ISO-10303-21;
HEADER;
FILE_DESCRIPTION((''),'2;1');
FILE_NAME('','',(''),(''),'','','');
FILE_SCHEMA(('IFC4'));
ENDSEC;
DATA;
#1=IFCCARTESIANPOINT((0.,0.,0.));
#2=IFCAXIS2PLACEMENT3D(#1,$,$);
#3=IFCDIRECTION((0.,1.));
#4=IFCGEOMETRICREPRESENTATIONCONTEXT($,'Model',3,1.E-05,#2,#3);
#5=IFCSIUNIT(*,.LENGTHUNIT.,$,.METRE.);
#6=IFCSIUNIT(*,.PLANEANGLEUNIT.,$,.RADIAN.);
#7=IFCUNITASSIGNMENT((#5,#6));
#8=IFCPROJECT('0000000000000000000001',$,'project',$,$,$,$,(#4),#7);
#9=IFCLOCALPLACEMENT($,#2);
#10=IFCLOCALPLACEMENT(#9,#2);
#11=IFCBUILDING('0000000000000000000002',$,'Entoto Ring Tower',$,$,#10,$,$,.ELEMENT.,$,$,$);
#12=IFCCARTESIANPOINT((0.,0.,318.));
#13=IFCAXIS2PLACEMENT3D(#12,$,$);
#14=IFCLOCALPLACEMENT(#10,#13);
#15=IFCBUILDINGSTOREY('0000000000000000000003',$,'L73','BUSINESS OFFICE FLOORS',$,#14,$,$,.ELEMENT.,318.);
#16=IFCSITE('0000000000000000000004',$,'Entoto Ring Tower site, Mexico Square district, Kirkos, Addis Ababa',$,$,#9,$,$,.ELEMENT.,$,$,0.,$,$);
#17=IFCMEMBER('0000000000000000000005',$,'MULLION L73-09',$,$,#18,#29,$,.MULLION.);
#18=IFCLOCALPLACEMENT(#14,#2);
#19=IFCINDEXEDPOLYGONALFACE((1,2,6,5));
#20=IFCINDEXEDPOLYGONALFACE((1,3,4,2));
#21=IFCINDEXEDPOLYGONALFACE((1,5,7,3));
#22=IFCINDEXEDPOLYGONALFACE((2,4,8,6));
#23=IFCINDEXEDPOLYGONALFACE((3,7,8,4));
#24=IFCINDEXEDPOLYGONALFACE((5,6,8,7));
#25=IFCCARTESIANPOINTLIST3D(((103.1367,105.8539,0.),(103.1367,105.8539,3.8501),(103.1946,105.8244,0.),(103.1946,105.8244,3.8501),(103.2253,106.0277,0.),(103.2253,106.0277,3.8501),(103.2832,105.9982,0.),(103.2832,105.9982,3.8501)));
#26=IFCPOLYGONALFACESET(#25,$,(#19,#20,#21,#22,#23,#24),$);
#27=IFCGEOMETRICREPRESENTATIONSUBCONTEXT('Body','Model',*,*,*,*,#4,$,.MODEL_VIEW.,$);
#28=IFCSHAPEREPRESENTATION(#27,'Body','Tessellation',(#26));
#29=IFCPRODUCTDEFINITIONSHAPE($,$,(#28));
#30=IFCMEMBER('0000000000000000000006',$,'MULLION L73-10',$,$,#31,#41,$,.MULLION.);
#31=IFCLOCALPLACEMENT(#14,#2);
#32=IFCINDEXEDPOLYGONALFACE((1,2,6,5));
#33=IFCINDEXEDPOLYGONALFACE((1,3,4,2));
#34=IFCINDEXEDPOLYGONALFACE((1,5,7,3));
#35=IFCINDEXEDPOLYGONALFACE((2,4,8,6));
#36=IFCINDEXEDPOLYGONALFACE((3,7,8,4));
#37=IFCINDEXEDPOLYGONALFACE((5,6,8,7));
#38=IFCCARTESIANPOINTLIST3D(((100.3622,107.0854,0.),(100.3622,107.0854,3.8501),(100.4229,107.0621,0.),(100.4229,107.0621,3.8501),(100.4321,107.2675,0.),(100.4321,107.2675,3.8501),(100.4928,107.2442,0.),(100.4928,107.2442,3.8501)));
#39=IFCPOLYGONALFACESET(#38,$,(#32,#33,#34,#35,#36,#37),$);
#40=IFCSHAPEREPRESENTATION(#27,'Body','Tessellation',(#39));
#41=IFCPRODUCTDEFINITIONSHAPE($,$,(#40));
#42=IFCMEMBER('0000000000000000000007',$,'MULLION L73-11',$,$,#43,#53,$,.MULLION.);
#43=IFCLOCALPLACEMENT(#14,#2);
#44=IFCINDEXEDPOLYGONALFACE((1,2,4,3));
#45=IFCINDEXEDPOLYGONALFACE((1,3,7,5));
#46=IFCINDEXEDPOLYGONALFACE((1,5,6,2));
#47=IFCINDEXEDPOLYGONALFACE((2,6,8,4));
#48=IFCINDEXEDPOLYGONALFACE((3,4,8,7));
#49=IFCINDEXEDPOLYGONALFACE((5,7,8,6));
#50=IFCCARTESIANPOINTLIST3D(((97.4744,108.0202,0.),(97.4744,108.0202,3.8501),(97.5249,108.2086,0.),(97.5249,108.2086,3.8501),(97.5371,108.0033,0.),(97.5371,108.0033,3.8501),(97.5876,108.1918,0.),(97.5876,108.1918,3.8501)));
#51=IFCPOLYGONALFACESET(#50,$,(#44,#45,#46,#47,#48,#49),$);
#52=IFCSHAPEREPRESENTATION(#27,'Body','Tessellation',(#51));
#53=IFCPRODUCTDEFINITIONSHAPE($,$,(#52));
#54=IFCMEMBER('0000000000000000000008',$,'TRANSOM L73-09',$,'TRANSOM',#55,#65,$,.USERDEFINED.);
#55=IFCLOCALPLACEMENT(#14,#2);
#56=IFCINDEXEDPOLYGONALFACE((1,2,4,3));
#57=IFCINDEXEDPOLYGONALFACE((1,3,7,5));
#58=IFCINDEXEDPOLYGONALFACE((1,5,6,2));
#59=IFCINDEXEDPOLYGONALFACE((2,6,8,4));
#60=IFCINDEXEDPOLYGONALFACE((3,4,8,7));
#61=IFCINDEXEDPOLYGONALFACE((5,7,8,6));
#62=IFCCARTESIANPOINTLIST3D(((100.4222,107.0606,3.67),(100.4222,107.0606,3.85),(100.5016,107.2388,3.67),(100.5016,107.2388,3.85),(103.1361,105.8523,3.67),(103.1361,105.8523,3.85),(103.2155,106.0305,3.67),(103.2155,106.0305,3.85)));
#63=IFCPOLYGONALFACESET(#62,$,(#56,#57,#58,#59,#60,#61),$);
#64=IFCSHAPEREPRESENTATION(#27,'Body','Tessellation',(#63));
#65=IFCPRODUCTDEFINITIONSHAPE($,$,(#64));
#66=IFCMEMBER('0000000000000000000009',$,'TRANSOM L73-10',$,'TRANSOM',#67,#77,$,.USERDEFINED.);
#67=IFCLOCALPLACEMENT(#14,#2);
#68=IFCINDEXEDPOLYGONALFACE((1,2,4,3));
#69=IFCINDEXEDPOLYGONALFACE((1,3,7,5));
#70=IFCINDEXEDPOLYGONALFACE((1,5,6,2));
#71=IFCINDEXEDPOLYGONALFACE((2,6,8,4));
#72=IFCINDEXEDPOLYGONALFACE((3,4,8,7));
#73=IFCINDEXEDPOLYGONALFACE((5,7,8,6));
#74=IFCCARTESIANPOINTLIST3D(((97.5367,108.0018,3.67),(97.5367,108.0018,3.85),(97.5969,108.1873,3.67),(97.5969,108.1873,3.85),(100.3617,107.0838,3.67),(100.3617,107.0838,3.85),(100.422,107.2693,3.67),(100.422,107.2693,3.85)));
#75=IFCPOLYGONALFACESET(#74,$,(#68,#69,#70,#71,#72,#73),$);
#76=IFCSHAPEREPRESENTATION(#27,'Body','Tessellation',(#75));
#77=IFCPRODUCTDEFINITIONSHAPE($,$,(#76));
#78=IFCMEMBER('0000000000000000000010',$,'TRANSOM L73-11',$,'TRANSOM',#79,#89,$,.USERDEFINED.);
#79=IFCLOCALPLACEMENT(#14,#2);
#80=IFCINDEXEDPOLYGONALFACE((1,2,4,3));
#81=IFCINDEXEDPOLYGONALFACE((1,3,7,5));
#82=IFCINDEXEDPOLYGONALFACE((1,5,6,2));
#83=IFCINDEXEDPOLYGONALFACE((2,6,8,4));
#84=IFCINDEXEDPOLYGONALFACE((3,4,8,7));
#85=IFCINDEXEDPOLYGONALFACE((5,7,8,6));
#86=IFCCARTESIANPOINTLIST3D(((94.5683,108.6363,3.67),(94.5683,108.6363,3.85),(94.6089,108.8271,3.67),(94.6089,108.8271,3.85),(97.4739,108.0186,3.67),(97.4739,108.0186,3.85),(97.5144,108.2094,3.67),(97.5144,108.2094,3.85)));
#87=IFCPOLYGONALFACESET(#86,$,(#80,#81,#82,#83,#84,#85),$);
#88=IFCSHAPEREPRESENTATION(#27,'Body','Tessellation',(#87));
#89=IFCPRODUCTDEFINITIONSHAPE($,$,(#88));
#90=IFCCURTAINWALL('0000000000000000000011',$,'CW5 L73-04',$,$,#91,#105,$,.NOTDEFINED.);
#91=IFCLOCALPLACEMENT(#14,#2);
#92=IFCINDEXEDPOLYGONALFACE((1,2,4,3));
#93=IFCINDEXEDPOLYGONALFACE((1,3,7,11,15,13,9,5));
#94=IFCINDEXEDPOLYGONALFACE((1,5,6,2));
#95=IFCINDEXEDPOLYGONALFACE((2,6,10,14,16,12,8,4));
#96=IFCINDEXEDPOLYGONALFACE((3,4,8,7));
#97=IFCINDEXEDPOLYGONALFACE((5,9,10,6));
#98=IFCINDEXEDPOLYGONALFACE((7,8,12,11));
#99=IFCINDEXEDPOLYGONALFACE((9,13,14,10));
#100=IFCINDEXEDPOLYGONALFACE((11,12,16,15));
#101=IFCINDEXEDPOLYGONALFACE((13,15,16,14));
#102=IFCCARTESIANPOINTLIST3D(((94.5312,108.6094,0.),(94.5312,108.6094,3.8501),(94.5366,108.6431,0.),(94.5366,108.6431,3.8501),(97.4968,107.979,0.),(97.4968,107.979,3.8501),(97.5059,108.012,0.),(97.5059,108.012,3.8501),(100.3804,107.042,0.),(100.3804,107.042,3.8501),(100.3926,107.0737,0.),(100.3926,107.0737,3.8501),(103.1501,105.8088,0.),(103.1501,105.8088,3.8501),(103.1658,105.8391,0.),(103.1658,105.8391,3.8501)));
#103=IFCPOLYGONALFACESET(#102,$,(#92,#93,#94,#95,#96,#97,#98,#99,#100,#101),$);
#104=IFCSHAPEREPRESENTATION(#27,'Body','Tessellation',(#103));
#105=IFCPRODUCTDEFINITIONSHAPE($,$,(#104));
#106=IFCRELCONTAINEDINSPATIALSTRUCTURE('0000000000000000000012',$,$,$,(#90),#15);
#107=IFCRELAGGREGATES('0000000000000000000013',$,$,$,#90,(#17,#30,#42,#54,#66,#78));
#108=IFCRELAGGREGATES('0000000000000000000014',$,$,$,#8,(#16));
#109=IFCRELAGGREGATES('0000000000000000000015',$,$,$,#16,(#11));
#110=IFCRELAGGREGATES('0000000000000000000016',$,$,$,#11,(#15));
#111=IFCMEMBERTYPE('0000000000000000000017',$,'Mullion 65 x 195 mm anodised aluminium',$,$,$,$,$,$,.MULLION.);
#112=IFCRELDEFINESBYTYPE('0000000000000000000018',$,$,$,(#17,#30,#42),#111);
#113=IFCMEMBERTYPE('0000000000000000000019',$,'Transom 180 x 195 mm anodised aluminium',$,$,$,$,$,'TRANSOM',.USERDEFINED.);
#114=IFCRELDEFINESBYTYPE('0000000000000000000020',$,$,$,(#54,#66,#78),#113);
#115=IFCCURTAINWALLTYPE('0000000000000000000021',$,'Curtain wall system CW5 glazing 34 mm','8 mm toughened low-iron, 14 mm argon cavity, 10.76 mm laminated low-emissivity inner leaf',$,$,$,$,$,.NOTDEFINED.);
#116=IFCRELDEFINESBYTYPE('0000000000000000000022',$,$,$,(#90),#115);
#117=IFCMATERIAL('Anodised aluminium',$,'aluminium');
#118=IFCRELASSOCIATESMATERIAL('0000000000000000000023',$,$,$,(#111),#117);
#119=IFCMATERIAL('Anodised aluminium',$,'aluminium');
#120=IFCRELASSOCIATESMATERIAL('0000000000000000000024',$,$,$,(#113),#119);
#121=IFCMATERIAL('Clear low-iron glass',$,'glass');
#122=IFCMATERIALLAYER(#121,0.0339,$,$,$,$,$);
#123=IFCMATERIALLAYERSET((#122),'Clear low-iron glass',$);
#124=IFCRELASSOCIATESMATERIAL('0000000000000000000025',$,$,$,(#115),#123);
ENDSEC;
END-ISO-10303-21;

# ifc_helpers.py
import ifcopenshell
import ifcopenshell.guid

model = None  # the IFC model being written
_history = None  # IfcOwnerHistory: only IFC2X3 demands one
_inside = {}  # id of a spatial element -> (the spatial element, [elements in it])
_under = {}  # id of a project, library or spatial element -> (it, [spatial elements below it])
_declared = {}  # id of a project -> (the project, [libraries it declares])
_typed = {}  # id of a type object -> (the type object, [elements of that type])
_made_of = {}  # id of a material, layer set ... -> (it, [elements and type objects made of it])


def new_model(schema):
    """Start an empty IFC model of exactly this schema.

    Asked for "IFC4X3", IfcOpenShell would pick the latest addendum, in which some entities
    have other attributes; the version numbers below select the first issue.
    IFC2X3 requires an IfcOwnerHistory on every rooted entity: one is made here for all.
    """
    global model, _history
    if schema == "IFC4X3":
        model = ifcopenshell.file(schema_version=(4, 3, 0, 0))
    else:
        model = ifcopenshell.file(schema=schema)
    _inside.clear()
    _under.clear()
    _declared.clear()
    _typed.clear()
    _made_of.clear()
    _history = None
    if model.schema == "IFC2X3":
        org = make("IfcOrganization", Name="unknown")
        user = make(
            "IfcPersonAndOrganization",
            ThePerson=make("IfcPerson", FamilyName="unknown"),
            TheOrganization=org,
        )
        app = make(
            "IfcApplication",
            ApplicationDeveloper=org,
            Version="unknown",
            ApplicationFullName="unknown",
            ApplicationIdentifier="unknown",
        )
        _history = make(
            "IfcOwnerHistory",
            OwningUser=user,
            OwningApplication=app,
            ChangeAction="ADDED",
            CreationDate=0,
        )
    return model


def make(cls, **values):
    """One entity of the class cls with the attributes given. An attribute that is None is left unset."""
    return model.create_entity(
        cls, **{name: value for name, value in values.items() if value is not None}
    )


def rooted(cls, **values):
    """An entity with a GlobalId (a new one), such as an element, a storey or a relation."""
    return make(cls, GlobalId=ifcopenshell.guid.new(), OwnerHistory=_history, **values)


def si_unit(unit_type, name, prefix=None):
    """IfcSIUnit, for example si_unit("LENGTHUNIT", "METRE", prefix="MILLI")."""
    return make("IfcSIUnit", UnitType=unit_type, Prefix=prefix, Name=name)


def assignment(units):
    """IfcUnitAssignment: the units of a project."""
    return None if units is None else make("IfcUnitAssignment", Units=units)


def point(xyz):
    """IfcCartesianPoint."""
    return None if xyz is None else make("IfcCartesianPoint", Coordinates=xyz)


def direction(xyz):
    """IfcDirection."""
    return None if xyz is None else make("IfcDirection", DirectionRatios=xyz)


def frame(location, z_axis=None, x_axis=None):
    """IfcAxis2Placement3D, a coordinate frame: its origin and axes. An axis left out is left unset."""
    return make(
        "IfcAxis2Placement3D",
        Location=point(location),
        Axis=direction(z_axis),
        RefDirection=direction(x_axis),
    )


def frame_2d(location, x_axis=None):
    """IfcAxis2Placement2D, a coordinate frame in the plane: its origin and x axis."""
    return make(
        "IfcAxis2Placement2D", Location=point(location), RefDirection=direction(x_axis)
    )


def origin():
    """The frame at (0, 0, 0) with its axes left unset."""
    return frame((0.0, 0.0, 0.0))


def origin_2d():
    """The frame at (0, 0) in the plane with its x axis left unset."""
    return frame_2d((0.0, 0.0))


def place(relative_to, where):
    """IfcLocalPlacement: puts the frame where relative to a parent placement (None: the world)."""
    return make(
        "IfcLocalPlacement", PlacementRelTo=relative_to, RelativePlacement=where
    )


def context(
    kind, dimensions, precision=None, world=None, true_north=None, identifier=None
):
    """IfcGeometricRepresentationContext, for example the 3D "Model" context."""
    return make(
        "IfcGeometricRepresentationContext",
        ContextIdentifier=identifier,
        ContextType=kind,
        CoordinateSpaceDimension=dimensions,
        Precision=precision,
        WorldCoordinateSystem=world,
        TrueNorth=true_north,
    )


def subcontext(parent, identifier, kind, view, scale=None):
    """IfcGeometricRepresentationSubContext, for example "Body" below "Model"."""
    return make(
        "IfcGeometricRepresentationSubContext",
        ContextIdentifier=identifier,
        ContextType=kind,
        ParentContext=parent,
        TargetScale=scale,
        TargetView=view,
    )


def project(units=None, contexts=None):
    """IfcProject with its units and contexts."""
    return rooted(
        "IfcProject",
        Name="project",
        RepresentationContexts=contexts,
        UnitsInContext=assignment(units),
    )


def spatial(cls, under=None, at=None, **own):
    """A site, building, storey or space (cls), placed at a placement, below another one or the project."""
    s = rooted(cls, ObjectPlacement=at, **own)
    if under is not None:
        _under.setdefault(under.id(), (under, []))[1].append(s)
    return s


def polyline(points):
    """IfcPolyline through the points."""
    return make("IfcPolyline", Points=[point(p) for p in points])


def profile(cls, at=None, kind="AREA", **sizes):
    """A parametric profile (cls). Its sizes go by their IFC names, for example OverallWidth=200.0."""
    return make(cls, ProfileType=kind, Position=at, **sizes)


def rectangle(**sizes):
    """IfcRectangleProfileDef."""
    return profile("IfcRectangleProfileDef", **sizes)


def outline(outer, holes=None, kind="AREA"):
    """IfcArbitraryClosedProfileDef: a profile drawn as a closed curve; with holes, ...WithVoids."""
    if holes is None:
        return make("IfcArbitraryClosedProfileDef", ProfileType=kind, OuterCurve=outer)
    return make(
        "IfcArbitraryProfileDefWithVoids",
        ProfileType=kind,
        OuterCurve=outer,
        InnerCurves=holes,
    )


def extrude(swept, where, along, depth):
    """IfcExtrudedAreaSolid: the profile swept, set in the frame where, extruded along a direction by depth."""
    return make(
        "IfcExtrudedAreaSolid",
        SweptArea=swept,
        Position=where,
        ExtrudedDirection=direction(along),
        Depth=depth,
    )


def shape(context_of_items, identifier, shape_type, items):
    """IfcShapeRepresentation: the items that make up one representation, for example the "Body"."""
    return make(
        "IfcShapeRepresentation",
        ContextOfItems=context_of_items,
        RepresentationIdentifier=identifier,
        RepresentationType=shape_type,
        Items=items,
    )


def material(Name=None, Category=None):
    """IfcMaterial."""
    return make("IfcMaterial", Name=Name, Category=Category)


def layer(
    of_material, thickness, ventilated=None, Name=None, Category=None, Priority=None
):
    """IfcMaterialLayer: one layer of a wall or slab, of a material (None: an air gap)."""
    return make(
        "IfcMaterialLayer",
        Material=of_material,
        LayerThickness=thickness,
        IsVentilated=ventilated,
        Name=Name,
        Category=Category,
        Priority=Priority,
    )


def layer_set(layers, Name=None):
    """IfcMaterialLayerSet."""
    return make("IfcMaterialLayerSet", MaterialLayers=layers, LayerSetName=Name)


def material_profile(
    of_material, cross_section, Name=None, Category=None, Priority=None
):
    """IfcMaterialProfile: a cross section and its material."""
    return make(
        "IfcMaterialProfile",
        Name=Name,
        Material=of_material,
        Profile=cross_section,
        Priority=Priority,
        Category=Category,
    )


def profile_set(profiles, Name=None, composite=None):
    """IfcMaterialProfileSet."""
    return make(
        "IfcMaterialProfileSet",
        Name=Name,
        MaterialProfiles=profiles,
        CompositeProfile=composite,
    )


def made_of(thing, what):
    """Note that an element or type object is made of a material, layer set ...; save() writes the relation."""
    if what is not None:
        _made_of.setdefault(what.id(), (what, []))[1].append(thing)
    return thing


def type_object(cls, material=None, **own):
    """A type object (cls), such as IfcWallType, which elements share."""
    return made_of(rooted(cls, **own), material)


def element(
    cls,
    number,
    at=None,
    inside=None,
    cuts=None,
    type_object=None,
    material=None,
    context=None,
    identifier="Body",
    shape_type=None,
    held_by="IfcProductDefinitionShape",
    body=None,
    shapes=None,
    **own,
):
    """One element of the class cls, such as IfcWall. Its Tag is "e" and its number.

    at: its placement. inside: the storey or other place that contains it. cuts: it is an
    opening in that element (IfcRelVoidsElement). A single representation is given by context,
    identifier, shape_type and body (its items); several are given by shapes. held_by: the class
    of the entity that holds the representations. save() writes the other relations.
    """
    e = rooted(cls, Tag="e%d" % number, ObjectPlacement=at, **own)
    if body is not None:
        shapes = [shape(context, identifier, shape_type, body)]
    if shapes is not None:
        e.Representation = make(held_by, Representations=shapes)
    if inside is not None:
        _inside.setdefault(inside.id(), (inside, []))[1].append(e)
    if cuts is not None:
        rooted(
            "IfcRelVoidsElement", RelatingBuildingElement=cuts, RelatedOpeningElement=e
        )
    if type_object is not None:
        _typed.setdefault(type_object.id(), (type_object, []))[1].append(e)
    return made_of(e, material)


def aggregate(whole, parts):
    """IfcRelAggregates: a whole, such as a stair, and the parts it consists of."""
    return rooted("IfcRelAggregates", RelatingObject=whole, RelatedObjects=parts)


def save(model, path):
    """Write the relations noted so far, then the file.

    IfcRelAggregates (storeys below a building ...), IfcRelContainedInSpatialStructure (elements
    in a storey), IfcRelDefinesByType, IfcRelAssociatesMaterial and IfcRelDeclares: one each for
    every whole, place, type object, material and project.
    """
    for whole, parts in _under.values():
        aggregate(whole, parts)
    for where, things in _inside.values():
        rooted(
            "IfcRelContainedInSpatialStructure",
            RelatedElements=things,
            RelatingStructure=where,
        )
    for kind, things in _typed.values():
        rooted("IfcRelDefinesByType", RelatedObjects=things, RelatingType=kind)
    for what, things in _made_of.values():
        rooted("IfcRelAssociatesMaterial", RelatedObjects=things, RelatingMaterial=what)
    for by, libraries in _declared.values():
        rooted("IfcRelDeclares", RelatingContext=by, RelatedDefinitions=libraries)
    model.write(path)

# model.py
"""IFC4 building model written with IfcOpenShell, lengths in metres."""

from ifc_helpers import new_model, si_unit, direction, frame, origin, origin_2d, place, context, subcontext, project, spatial, polyline, rectangle, outline, extrude, material, layer, layer_set, material_profile, profile_set, type_object, element, aggregate, save


model = new_model("IFC4")

# Units and contexts
model_context = context("Model", 3, precision=1e-05, world=origin(), true_north=direction((0.0, 1.0)))
body_context = subcontext(model_context, "Body", "Model", "MODEL_VIEW")
ifc_project = project(units=[si_unit("LENGTHUNIT", "METRE"), si_unit("PLANEANGLEUNIT", "RADIAN")], contexts=[model_context])

# Members
ifc_material_1 = material(Name="Anodised aluminium", Category="aluminium")
ifc_material_profile_1 = material_profile(ifc_material_1, rectangle(XDim=0.0649, YDim=0.1951, at=origin_2d()), Name="Mullion 65 x 195 mm anodised aluminium")
ifc_profile_set_1 = profile_set([ifc_material_profile_1], Name="Anodised aluminium")
member_type_1 = type_object("IfcMemberType", Name="Mullion 65 x 195 mm anodised aluminium", PredefinedType="MULLION", material=ifc_profile_set_1)
site_placement = place(None, origin())
building_placement = place(site_placement, origin())
storey_placement = place(building_placement, frame((0.0, 0.0, 318.0)))
member_1_placement = place(storey_placement, frame((103.21, 105.926, 0.0), z_axis=(0.0, 0.0, 1.0), x_axis=(-0.891007, 0.45399, 0.0)))
member_1 = element("IfcMember", 1, at=member_1_placement, type_object=member_type_1, Name="MULLION L73-09", PredefinedType="MULLION", context=body_context, shape_type="SweptSolid", body=[
    extrude(rectangle(XDim=0.0649, YDim=0.1951, at=origin_2d()), origin(), (0.0, 0.0, 1.0), 3.8501),
])
member_2_placement = place(storey_placement, frame((100.4275, 107.1648, 0.0), z_axis=(0.0, 0.0, 1.0), x_axis=(-0.93358, 0.358368, 0.0)))
member_2 = element("IfcMember", 2, at=member_2_placement, type_object=member_type_1, Name="MULLION L73-10", PredefinedType="MULLION", context=body_context, shape_type="SweptSolid", body=[
    extrude(rectangle(XDim=0.0649, YDim=0.1951, at=origin_2d()), origin(), (0.0, 0.0, 1.0), 3.8501),
])
member_3_placement = place(storey_placement, frame((97.531, 108.106, 0.0), z_axis=(0.0, 0.0, 1.0), x_axis=(-0.965926, 0.258819, 0.0)))
member_3 = element("IfcMember", 3, at=member_3_placement, type_object=member_type_1, Name="MULLION L73-11", PredefinedType="MULLION", context=body_context, shape_type="SweptSolid", body=[
    extrude(rectangle(XDim=0.0649, YDim=0.1951, at=origin_2d()), origin(), (0.0, 0.0, 1.0), 3.8501),
])
ifc_material_2 = material(Name="Anodised aluminium", Category="aluminium")
ifc_material_profile_2 = material_profile(ifc_material_2, rectangle(XDim=0.1951, YDim=0.1799, at=origin_2d()), Name="Transom 180 x 195 mm anodised aluminium")
ifc_profile_set_2 = profile_set([ifc_material_profile_2], Name="Anodised aluminium")
member_type_2 = type_object("IfcMemberType", Name="Transom 180 x 195 mm anodised aluminium", ElementType="TRANSOM", PredefinedType="USERDEFINED", material=ifc_profile_set_2)
member_4_placement = place(storey_placement, frame((103.1758, 105.9414, 3.76), z_axis=(-0.91355, 0.406726, 0.0), x_axis=(-0.406726, -0.91355, 0.0)))
member_4 = element("IfcMember", 4, at=member_4_placement, type_object=member_type_2, Name="TRANSOM L73-09", ObjectType="TRANSOM", PredefinedType="USERDEFINED", context=body_context, shape_type="SweptSolid", body=[
    extrude(rectangle(XDim=0.1951, YDim=0.1799, at=origin_2d()), origin(), (0.0, 0.0, 1.0), 2.9707),
])
member_5_placement = place(storey_placement, frame((100.3918, 107.1765, 3.76), z_axis=(-0.951048, 0.309043, 0.0), x_axis=(-0.309043, -0.951048, 0.0)))
member_5 = element("IfcMember", 5, at=member_5_placement, type_object=member_type_2, Name="TRANSOM L73-10", ObjectType="TRANSOM", PredefinedType="USERDEFINED", context=body_context, shape_type="SweptSolid", body=[
    extrude(rectangle(XDim=0.1951, YDim=0.1799, at=origin_2d()), origin(), (0.0, 0.0, 1.0), 2.9705),
])
member_6_placement = place(storey_placement, frame((97.4941, 108.114, 3.76), z_axis=(-0.978142, 0.20794, 0.0), x_axis=(-0.20794, -0.978142, 0.0)))
member_6 = element("IfcMember", 6, at=member_6_placement, type_object=member_type_2, Name="TRANSOM L73-11", ObjectType="TRANSOM", PredefinedType="USERDEFINED", context=body_context, shape_type="SweptSolid", body=[
    extrude(rectangle(XDim=0.1951, YDim=0.1799, at=origin_2d()), origin(), (0.0, 0.0, 1.0), 2.9705),
])

# Site, building, storey
site = spatial("IfcSite", under=ifc_project, at=site_placement, Name="Entoto Ring Tower site, Mexico Square district, Kirkos, Addis Ababa", CompositionType="ELEMENT", RefElevation=0.0)
building = spatial("IfcBuilding", under=site, at=building_placement, Name="Entoto Ring Tower", CompositionType="ELEMENT")
storey = spatial("IfcBuildingStorey", under=building, at=storey_placement, Name="L73", Description="BUSINESS OFFICE FLOORS", CompositionType="ELEMENT", Elevation=318.0)

# Curtain wall
ifc_material_3 = material(Name="Clear low-iron glass", Category="glass")
ifc_layer = layer(ifc_material_3, 0.0339)
ifc_layer_set = layer_set([ifc_layer], Name="Clear low-iron glass")
curtain_wall_type = type_object("IfcCurtainWallType", Name="Curtain wall system CW5 glazing 34 mm", Description="8 mm toughened low-iron, 14 mm argon cavity, 10.76 mm laminated low-emissivity inner leaf", PredefinedType="NOTDEFINED", material=ifc_layer_set)
curtain_wall_1_placement = place(storey_placement, origin())
curtain_wall_1 = element("IfcCurtainWall", 7, at=curtain_wall_1_placement, inside=storey, type_object=curtain_wall_type, Name="CW5 L73-04", PredefinedType="NOTDEFINED", context=body_context, shape_type="SweptSolid", body=[
    extrude(outline(polyline([(103.1658, 105.8391), (100.3926, 107.0737), (97.5059, 108.012), (94.5366, 108.6431), (94.5312, 108.6094), (97.4968, 107.979), (100.3804, 107.042), (103.1501, 105.8088), (103.1658, 105.8391)])), origin(), (0.0, 0.0, 1.0), 3.8501),
])
aggregate(curtain_wall_1, [member_1, member_2, member_3, member_4, member_5, member_6])

save(model, "model.ifc")
